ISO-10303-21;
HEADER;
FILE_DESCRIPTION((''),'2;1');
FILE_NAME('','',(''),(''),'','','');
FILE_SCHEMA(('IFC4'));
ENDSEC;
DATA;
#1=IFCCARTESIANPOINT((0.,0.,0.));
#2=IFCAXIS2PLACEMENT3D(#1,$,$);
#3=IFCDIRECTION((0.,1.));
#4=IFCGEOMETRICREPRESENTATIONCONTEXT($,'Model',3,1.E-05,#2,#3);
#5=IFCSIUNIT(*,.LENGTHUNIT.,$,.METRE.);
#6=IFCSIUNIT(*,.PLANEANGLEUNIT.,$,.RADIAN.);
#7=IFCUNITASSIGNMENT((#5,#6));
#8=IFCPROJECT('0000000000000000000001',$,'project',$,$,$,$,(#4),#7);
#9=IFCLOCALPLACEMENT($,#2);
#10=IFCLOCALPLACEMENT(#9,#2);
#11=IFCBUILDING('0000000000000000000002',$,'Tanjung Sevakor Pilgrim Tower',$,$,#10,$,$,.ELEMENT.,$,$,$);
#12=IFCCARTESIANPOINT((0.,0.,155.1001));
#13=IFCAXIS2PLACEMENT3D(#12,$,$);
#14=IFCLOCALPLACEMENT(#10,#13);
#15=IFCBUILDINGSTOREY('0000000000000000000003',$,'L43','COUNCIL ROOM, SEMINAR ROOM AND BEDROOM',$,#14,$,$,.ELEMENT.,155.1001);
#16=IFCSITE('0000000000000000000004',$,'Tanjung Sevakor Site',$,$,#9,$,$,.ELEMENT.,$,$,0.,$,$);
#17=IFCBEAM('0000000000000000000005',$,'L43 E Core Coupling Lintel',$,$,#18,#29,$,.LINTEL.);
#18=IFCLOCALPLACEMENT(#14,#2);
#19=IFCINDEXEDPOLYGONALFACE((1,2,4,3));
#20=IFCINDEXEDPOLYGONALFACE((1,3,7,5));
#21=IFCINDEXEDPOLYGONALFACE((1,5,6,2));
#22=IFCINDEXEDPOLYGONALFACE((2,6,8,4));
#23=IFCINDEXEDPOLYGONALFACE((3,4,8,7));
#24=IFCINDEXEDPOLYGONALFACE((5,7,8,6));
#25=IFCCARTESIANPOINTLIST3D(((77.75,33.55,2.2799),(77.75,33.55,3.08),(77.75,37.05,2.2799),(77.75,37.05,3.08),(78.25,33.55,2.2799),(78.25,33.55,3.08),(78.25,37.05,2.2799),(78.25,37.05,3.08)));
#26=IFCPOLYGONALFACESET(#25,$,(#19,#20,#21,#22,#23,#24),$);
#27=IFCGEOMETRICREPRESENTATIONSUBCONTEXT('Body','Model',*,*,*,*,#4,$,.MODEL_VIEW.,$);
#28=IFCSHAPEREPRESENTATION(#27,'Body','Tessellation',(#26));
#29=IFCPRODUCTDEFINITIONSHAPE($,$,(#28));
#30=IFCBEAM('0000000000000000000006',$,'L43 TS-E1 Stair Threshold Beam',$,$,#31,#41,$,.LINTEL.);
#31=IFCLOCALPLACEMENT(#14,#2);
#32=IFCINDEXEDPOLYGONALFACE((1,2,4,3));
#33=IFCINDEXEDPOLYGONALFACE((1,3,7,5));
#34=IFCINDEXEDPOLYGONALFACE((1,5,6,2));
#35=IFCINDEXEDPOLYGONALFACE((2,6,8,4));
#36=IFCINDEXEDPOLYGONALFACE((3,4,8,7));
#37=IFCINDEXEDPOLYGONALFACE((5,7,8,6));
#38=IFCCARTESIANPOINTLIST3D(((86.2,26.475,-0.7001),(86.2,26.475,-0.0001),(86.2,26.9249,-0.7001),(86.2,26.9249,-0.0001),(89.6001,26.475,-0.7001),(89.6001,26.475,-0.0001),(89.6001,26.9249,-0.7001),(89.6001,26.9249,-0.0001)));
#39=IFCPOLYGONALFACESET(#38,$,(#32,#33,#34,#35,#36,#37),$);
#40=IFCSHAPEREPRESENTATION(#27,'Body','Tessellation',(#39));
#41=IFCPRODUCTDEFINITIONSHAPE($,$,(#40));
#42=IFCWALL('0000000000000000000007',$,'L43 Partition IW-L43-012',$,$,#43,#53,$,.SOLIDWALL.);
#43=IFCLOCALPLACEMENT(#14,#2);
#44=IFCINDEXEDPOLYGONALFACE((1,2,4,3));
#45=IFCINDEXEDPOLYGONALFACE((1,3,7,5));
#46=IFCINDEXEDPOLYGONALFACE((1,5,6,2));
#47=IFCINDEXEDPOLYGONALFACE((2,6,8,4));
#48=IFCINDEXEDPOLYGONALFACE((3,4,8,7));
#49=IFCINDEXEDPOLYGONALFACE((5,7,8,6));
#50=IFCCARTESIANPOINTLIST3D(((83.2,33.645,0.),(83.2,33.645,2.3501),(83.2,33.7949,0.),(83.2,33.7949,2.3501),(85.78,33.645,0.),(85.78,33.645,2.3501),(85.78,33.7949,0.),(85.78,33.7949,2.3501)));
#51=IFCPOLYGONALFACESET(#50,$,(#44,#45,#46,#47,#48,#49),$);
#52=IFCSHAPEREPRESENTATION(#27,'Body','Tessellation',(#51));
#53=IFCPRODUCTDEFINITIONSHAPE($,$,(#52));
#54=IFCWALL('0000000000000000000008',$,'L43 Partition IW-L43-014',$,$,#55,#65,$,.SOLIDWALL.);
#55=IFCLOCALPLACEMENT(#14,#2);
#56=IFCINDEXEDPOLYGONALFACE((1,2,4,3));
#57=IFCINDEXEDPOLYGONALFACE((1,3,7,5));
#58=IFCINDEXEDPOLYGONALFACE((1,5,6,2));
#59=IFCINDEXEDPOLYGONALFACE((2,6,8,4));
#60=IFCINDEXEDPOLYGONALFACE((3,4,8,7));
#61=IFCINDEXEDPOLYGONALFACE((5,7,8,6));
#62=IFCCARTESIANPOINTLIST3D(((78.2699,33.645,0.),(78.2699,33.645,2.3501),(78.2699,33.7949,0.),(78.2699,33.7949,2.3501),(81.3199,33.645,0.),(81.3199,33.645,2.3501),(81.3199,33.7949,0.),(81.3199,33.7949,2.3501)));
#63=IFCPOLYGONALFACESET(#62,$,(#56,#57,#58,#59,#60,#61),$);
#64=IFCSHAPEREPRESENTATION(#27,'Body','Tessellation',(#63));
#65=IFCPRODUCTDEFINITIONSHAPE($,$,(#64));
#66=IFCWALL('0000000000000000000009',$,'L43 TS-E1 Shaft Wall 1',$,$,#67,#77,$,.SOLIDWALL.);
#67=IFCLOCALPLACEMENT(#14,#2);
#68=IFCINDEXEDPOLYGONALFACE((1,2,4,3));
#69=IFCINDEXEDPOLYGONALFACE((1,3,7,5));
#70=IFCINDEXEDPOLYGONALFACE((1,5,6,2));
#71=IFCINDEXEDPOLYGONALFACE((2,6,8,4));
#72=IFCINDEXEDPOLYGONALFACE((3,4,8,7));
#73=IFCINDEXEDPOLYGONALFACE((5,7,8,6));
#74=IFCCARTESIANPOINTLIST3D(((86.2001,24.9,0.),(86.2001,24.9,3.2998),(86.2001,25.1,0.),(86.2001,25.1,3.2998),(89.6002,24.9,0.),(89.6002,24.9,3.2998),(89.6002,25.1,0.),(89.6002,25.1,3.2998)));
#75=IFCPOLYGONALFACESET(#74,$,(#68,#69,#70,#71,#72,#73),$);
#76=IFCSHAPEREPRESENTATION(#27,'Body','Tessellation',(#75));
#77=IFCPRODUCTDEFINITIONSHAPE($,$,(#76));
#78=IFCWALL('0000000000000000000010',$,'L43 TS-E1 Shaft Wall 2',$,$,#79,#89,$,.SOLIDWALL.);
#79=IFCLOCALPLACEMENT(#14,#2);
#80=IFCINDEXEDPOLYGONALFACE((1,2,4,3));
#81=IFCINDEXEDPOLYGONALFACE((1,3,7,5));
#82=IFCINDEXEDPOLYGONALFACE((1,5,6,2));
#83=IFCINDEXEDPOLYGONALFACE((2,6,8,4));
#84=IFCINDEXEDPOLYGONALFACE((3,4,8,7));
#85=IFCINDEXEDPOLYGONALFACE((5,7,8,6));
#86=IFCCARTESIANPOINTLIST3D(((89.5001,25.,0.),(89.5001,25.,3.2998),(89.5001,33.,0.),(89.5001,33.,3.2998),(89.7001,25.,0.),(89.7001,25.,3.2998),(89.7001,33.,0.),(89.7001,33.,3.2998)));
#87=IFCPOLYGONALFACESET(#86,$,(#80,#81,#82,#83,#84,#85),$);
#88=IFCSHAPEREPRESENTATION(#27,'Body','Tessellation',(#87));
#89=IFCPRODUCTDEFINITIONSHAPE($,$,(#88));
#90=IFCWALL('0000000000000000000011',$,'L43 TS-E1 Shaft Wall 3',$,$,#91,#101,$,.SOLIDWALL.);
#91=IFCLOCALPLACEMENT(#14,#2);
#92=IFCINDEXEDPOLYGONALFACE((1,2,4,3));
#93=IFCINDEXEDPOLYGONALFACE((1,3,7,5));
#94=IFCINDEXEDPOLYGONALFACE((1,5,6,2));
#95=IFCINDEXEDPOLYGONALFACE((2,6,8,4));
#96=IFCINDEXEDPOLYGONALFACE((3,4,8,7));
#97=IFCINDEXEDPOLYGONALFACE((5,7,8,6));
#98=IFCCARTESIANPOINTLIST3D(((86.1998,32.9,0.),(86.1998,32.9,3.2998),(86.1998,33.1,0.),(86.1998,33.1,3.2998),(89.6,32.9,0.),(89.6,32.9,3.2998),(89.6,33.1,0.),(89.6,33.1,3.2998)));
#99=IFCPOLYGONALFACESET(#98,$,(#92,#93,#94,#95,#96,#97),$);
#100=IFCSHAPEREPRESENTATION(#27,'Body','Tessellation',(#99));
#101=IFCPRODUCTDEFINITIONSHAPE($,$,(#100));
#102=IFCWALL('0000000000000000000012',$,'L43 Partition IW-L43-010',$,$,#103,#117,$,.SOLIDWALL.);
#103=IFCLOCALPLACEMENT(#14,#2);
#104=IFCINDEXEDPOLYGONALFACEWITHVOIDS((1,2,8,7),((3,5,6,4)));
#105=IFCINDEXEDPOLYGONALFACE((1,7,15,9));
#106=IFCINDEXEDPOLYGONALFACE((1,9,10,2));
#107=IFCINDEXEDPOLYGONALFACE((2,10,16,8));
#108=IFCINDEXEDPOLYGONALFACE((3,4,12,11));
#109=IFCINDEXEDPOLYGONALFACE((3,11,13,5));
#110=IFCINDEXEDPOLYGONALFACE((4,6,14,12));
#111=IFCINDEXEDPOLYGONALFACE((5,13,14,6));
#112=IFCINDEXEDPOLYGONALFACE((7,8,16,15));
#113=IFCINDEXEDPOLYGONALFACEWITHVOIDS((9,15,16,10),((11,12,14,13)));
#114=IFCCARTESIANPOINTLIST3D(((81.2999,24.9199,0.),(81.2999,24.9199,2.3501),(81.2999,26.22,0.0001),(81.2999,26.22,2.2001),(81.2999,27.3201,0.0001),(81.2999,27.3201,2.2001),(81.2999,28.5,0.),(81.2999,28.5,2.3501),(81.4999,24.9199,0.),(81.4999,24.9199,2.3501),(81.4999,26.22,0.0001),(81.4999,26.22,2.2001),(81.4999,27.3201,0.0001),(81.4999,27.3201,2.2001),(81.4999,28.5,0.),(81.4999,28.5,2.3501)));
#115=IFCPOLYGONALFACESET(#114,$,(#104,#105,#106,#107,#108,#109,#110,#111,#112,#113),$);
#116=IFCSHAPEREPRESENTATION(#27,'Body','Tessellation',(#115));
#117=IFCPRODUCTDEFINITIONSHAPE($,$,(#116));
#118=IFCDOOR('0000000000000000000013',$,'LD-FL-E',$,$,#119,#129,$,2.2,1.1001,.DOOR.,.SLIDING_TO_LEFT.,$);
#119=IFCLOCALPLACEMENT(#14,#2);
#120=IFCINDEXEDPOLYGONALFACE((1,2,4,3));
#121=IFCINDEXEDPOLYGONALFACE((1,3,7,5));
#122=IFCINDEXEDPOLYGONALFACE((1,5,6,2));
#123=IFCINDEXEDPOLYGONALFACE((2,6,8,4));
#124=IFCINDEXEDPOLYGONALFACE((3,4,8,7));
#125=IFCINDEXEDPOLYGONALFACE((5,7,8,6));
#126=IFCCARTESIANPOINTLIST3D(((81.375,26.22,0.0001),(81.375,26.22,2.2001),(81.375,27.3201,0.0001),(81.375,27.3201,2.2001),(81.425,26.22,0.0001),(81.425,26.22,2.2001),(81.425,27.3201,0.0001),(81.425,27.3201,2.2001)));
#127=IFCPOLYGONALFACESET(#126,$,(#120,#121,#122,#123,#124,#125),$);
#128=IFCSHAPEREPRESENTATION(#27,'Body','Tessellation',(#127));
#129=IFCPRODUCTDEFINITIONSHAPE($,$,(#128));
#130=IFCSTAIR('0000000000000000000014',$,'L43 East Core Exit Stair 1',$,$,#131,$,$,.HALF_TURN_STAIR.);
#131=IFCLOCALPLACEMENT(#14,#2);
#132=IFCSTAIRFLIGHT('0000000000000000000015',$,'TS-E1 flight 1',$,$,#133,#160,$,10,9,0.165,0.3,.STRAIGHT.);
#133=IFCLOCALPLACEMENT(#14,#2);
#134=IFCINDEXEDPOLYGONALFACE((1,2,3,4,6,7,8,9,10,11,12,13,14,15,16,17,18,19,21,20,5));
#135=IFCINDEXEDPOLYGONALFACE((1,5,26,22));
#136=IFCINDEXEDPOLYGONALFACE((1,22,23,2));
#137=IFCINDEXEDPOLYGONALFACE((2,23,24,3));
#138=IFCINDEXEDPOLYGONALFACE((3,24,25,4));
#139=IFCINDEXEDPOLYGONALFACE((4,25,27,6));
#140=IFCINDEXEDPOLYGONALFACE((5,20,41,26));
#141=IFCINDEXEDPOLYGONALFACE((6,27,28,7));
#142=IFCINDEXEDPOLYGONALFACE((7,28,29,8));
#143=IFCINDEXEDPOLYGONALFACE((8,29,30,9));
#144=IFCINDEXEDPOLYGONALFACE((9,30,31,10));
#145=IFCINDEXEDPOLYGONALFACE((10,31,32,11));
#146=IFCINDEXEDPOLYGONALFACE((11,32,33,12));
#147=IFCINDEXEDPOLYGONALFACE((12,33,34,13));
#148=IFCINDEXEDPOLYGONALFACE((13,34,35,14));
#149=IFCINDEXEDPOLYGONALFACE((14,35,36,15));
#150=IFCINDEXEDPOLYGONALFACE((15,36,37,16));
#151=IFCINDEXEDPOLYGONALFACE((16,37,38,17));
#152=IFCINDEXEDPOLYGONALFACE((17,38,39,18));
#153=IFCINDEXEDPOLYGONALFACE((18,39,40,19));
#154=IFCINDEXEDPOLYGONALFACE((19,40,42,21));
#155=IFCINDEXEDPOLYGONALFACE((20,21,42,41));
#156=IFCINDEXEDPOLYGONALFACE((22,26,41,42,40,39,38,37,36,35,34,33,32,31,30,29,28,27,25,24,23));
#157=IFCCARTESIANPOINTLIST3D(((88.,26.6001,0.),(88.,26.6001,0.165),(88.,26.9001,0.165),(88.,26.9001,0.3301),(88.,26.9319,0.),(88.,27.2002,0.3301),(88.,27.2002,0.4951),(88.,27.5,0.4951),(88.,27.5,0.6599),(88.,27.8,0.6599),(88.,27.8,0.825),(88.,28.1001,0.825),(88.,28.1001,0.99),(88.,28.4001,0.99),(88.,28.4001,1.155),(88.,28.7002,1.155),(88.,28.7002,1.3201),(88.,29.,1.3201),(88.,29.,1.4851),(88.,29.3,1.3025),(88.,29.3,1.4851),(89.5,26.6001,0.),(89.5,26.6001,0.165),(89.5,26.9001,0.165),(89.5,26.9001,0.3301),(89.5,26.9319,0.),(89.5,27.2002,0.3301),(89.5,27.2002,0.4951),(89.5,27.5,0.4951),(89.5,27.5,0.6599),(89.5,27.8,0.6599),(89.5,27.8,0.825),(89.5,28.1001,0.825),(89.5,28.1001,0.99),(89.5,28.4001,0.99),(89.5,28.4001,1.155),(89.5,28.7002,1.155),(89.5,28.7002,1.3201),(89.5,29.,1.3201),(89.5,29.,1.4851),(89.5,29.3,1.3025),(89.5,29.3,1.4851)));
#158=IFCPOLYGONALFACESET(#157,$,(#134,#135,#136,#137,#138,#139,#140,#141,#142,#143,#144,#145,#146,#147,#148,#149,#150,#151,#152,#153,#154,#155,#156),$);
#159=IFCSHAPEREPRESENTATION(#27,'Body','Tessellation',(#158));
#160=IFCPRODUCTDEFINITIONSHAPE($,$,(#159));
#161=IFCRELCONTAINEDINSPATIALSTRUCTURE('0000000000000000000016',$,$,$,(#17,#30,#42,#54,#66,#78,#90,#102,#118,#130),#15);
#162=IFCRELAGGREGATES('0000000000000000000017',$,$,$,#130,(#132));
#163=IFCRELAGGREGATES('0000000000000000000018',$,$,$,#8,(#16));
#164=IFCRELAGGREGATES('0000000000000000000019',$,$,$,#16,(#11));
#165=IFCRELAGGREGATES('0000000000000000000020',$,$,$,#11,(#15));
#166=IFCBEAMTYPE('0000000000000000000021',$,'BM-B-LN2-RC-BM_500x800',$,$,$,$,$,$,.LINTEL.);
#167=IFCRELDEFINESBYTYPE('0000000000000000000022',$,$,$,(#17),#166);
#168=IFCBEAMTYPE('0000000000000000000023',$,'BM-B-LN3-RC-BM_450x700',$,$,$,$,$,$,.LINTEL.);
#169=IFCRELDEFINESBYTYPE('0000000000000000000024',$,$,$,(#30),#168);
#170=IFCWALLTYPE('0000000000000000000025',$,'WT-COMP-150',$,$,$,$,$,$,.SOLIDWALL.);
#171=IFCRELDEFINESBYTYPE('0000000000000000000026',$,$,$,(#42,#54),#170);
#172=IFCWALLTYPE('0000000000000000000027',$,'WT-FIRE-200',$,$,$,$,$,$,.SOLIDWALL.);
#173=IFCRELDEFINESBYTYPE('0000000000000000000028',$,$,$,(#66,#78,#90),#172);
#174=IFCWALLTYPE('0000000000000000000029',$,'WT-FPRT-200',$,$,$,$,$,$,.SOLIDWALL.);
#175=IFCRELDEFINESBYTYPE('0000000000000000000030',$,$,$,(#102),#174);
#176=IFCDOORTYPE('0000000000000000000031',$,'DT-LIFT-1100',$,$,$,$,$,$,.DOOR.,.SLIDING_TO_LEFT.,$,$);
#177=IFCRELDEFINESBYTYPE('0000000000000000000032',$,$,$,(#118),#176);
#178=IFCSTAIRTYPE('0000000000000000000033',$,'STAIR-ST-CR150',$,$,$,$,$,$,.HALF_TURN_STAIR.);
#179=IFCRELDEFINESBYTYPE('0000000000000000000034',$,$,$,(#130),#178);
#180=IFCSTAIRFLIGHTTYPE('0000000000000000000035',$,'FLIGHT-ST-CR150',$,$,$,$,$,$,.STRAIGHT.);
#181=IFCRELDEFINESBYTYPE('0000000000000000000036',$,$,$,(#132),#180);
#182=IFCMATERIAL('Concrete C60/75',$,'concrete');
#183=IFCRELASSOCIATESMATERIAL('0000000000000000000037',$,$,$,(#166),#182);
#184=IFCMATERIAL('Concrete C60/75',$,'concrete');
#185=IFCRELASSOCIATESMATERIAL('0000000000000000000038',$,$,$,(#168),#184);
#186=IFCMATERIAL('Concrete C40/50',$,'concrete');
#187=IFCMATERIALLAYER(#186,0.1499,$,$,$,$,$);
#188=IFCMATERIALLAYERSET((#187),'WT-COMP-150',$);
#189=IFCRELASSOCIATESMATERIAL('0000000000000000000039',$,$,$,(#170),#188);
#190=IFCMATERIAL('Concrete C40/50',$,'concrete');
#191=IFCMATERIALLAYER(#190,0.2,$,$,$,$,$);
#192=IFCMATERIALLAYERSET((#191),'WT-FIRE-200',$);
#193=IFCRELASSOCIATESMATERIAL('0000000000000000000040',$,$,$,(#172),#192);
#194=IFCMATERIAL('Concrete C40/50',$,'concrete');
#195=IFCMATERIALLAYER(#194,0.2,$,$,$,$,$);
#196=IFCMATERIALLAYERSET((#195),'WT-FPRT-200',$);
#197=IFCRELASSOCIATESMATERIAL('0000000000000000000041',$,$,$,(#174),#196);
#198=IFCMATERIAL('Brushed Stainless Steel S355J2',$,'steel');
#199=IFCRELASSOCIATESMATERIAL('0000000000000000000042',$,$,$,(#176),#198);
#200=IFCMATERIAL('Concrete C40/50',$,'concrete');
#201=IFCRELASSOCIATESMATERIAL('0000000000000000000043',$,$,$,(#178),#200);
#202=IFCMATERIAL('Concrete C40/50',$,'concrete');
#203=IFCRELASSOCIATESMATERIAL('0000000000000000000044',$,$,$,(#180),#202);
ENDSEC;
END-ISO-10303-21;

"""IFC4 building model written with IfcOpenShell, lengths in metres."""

from ifc_helpers import new_model, si_unit, direction, frame, frame_2d, origin, origin_2d, place, context, subcontext, project, spatial, polyline, rectangle, outline, extrude, material, layer, layer_set, material_profile, profile_set, type_object, element, fill, aggregate, save


model = new_model("IFC4")

# Units and contexts
model_context = context("Model", 3, precision=1e-05, world=origin(), true_north=direction((0.0, 1.0)))
body_context = subcontext(model_context, "Body", "Model", "MODEL_VIEW")
ifc_project = project(units=[si_unit("LENGTHUNIT", "METRE"), si_unit("PLANEANGLEUNIT", "RADIAN")], contexts=[model_context])

# Site, building, storey
site_placement = place(None, origin())
site = spatial("IfcSite", under=ifc_project, at=site_placement, Name="Tanjung Sevakor Site", CompositionType="ELEMENT", RefElevation=0.0)
building_placement = place(site_placement, origin())
building = spatial("IfcBuilding", under=site, at=building_placement, Name="Tanjung Sevakor Pilgrim Tower", CompositionType="ELEMENT")
storey_placement = place(building_placement, frame((0.0, 0.0, 155.1001)))
storey = spatial("IfcBuildingStorey", under=building, at=storey_placement, Name="L43", Description="COUNCIL ROOM, SEMINAR ROOM AND BEDROOM", CompositionType="ELEMENT", Elevation=155.1001)

# Beams
ifc_material_1 = material(Name="Concrete C60/75", Category="concrete")
ifc_material_profile_1 = material_profile(ifc_material_1, rectangle(XDim=0.5, YDim=0.8, at=origin_2d()))
ifc_profile_set_1 = profile_set([ifc_material_profile_1], Name="Concrete C60/75")
beam_type_1 = type_object("IfcBeamType", Name="BM-B-LN2-RC-BM_500x800", PredefinedType="LINTEL", material=ifc_profile_set_1)
beam_1_placement = place(storey_placement, frame((78.0, 33.55, 2.6799), z_axis=(0.0, 1.0, 0.0), x_axis=(-1.0, 0.0, 0.0)))
element("IfcBeam", 1, at=beam_1_placement, inside=storey, type_object=beam_type_1, Name="L43 E Core Coupling Lintel", PredefinedType="LINTEL", context=body_context, shape_type="SweptSolid", body=[
    extrude(rectangle(XDim=0.5, YDim=0.8, at=origin_2d()), origin(), (0.0, 0.0, 1.0), 3.5),
])
ifc_material_2 = material(Name="Concrete C60/75", Category="concrete")
ifc_material_profile_2 = material_profile(ifc_material_2, rectangle(XDim=0.45, YDim=0.7, at=origin_2d()))
ifc_profile_set_2 = profile_set([ifc_material_profile_2], Name="Concrete C60/75")
beam_type_2 = type_object("IfcBeamType", Name="BM-B-LN3-RC-BM_450x700", PredefinedType="LINTEL", material=ifc_profile_set_2)
beam_2_placement = place(storey_placement, frame((86.2, 26.7, -0.3501), z_axis=(1.0, 0.0, 0.0), x_axis=(0.0, 1.0, 0.0)))
element("IfcBeam", 2, at=beam_2_placement, inside=storey, type_object=beam_type_2, Name="L43 TS-E1 Stair Threshold Beam", PredefinedType="LINTEL", context=body_context, shape_type="SweptSolid", body=[
    extrude(rectangle(XDim=0.45, YDim=0.7, at=origin_2d()), origin(), (0.0, 0.0, 1.0), 3.4001),
])

# Wall
ifc_material_3 = material(Name="Concrete C40/50", Category="concrete")
ifc_layer_1 = layer(ifc_material_3, 0.1499)
ifc_layer_set_1 = layer_set([ifc_layer_1], Name="WT-COMP-150")
wall_type_1 = type_object("IfcWallType", Name="WT-COMP-150", PredefinedType="SOLIDWALL", material=ifc_layer_set_1)
wall_1_placement = place(storey_placement, frame((83.2, 33.72, 0.0), z_axis=(0.0, 0.0, 1.0), x_axis=(1.0, 0.0, 0.0)))
element("IfcWall", 3, at=wall_1_placement, inside=storey, type_object=wall_type_1, Name="L43 Partition IW-L43-012", PredefinedType="SOLIDWALL", context=body_context, shape_type="SweptSolid", body=[
    extrude(rectangle(XDim=2.5801, YDim=0.1499, at=frame_2d((1.29, 0.0))), origin(), (0.0, 0.0, 1.0), 2.3501),
])

# Wall
wall_2_placement = place(storey_placement, frame((78.27, 33.72, 0.0), z_axis=(0.0, 0.0, 1.0), x_axis=(1.0, 0.0, 0.0)))
element("IfcWall", 4, at=wall_2_placement, inside=storey, type_object=wall_type_1, Name="L43 Partition IW-L43-014", PredefinedType="SOLIDWALL", context=body_context, shape_type="SweptSolid", body=[
    extrude(rectangle(XDim=3.05, YDim=0.1499, at=frame_2d((1.5249, 0.0))), origin(), (0.0, 0.0, 1.0), 2.3501),
])

# Walls
ifc_material_4 = material(Name="Concrete C40/50", Category="concrete")
ifc_layer_2 = layer(ifc_material_4, 0.2)
ifc_layer_set_2 = layer_set([ifc_layer_2], Name="WT-FIRE-200")
wall_type_2 = type_object("IfcWallType", Name="WT-FIRE-200", PredefinedType="SOLIDWALL", material=ifc_layer_set_2)
wall_3_placement = place(storey_placement, frame((86.2, 25.0, 0.0), z_axis=(0.0, 0.0, 1.0), x_axis=(1.0, 0.0, 0.0)))
element("IfcWall", 5, at=wall_3_placement, inside=storey, type_object=wall_type_2, Name="L43 TS-E1 Shaft Wall 1", PredefinedType="SOLIDWALL", context=body_context, shape_type="SweptSolid", body=[
    extrude(rectangle(XDim=3.4001, YDim=0.2, at=frame_2d((1.7002, 0.0))), origin(), (0.0, 0.0, 1.0), 3.2998),
])
wall_4_placement = place(storey_placement, frame((89.6001, 25.0, 0.0), z_axis=(0.0, 0.0, 1.0), x_axis=(0.0, 1.0, 0.0)))
element("IfcWall", 6, at=wall_4_placement, inside=storey, type_object=wall_type_2, Name="L43 TS-E1 Shaft Wall 2", PredefinedType="SOLIDWALL", context=body_context, shape_type="SweptSolid", body=[
    extrude(rectangle(XDim=8.0, YDim=0.2, at=frame_2d((4.0, 0.0))), origin(), (0.0, 0.0, 1.0), 3.2998),
])
wall_5_placement = place(storey_placement, frame((89.6001, 33.0, 0.0), z_axis=(0.0, 0.0, 1.0), x_axis=(-1.0, 0.0, 0.0)))
element("IfcWall", 7, at=wall_5_placement, inside=storey, type_object=wall_type_2, Name="L43 TS-E1 Shaft Wall 3", PredefinedType="SOLIDWALL", context=body_context, shape_type="SweptSolid", body=[
    extrude(rectangle(XDim=3.4001, YDim=0.2, at=frame_2d((1.7002, 0.0))), origin(), (0.0, 0.0, 1.0), 3.2998),
])

# Wall, opening, door
ifc_material_5 = material(Name="Concrete C40/50", Category="concrete")
ifc_layer_3 = layer(ifc_material_5, 0.2)
ifc_layer_set_3 = layer_set([ifc_layer_3], Name="WT-FPRT-200")
wall_type_3 = type_object("IfcWallType", Name="WT-FPRT-200", PredefinedType="SOLIDWALL", material=ifc_layer_set_3)
wall_6_placement = place(storey_placement, frame((81.3999, 24.9199, 0.0), z_axis=(0.0, 0.0, 1.0), x_axis=(0.0, 1.0, 0.0)))
wall_6 = element("IfcWall", 8, at=wall_6_placement, inside=storey, type_object=wall_type_3, Name="L43 Partition IW-L43-010", PredefinedType="SOLIDWALL", context=body_context, shape_type="SweptSolid", body=[
    extrude(rectangle(XDim=3.5801, YDim=0.2, at=frame_2d((1.79, 0.0))), origin(), (0.0, 0.0, 1.0), 2.3501),
])
opening_1_placement = place(wall_6_placement, frame((1.3, 0.0, 0.0)))
opening_1 = element("IfcOpeningElement", 9, at=opening_1_placement, cuts=wall_6, PredefinedType="OPENING", context=body_context, shape_type="SweptSolid", body=[
    extrude(rectangle(XDim=1.1001, YDim=2.2, at=frame_2d((0.55, 1.1001))), frame((0.0, 0.1099, 0.0), z_axis=(0.0, -1.0, 0.0), x_axis=(1.0, 0.0, 0.0)), (0.0, 0.0, 1.0), 0.22),
])
ifc_material_6 = material(Name="Brushed Stainless Steel S355J2", Category="steel")
door_type_1 = type_object("IfcDoorType", Name="DT-LIFT-1100", OperationType="SLIDING_TO_LEFT", PredefinedType="DOOR", material=ifc_material_6)
door_1_placement = place(opening_1_placement, origin())
door_1 = element("IfcDoor", 10, at=door_1_placement, inside=storey, type_object=door_type_1, Name="LD-FL-E", OperationType="SLIDING_TO_LEFT", OverallHeight=2.2, OverallWidth=1.1001, PredefinedType="DOOR", context=body_context, shape_type="SweptSolid", body=[
    extrude(rectangle(XDim=1.1001, YDim=2.2, at=frame_2d((0.55, 1.1001))), frame((0.0, 0.0249, 0.0), z_axis=(0.0, -1.0, 0.0), x_axis=(1.0, 0.0, 0.0)), (0.0, 0.0, 1.0), 0.05),
])
fill(opening_1, door_1)

# Stair, stair flight
ifc_material_7 = material(Name="Concrete C40/50", Category="concrete")
stair_type = type_object("IfcStairType", Name="STAIR-ST-CR150", PredefinedType="HALF_TURN_STAIR", material=ifc_material_7)
stair_placement = place(storey_placement, origin())
stair = element("IfcStair", 11, at=stair_placement, inside=storey, type_object=stair_type, Name="L43 East Core Exit Stair 1", PredefinedType="HALF_TURN_STAIR")
ifc_material_8 = material(Name="Concrete C40/50", Category="concrete")
stair_flight_type = type_object("IfcStairFlightType", Name="FLIGHT-ST-CR150", PredefinedType="STRAIGHT", material=ifc_material_8)
stair_flight_1_placement = place(storey_placement, frame((88.75, 26.6001, 0.0), z_axis=(0.0, 0.0, 1.0), x_axis=(0.0, 1.0, 0.0)))
stair_flight_1 = element("IfcStairFlight", 12, at=stair_flight_1_placement, type_object=stair_flight_type, Name="TS-E1 flight 1", NumberOfRisers=10, NumberOfTreads=9, PredefinedType="STRAIGHT", RiserHeight=0.165, TreadLength=0.3, context=body_context, shape_type="SweptSolid", body=[
    extrude(outline(polyline([(0.0, 0.0), (0.0, 0.165), (0.3, 0.165), (0.3, 0.3301), (0.6001, 0.3301), (0.6001, 0.4951), (0.8999, 0.4951), (0.8999, 0.6599), (1.2, 0.6599), (1.2, 0.825), (1.5, 0.825), (1.5, 0.99), (1.8, 0.99), (1.8, 1.155), (2.1001, 1.155), (2.1001, 1.3201), (2.3999, 1.3201), (2.3999, 1.4851), (2.7, 1.4851), (2.7, 1.6499), (2.7, 1.3025), (0.3318, 0.0), (0.0, 0.0)])), frame((0.0, 0.75, 0.0), z_axis=(0.0, -1.0, 0.0), x_axis=(1.0, 0.0, 0.0)), (0.0, 0.0, 1.0), 1.5),
])
aggregate(stair, [stair_flight_1])

save(model, "model.ifc")
